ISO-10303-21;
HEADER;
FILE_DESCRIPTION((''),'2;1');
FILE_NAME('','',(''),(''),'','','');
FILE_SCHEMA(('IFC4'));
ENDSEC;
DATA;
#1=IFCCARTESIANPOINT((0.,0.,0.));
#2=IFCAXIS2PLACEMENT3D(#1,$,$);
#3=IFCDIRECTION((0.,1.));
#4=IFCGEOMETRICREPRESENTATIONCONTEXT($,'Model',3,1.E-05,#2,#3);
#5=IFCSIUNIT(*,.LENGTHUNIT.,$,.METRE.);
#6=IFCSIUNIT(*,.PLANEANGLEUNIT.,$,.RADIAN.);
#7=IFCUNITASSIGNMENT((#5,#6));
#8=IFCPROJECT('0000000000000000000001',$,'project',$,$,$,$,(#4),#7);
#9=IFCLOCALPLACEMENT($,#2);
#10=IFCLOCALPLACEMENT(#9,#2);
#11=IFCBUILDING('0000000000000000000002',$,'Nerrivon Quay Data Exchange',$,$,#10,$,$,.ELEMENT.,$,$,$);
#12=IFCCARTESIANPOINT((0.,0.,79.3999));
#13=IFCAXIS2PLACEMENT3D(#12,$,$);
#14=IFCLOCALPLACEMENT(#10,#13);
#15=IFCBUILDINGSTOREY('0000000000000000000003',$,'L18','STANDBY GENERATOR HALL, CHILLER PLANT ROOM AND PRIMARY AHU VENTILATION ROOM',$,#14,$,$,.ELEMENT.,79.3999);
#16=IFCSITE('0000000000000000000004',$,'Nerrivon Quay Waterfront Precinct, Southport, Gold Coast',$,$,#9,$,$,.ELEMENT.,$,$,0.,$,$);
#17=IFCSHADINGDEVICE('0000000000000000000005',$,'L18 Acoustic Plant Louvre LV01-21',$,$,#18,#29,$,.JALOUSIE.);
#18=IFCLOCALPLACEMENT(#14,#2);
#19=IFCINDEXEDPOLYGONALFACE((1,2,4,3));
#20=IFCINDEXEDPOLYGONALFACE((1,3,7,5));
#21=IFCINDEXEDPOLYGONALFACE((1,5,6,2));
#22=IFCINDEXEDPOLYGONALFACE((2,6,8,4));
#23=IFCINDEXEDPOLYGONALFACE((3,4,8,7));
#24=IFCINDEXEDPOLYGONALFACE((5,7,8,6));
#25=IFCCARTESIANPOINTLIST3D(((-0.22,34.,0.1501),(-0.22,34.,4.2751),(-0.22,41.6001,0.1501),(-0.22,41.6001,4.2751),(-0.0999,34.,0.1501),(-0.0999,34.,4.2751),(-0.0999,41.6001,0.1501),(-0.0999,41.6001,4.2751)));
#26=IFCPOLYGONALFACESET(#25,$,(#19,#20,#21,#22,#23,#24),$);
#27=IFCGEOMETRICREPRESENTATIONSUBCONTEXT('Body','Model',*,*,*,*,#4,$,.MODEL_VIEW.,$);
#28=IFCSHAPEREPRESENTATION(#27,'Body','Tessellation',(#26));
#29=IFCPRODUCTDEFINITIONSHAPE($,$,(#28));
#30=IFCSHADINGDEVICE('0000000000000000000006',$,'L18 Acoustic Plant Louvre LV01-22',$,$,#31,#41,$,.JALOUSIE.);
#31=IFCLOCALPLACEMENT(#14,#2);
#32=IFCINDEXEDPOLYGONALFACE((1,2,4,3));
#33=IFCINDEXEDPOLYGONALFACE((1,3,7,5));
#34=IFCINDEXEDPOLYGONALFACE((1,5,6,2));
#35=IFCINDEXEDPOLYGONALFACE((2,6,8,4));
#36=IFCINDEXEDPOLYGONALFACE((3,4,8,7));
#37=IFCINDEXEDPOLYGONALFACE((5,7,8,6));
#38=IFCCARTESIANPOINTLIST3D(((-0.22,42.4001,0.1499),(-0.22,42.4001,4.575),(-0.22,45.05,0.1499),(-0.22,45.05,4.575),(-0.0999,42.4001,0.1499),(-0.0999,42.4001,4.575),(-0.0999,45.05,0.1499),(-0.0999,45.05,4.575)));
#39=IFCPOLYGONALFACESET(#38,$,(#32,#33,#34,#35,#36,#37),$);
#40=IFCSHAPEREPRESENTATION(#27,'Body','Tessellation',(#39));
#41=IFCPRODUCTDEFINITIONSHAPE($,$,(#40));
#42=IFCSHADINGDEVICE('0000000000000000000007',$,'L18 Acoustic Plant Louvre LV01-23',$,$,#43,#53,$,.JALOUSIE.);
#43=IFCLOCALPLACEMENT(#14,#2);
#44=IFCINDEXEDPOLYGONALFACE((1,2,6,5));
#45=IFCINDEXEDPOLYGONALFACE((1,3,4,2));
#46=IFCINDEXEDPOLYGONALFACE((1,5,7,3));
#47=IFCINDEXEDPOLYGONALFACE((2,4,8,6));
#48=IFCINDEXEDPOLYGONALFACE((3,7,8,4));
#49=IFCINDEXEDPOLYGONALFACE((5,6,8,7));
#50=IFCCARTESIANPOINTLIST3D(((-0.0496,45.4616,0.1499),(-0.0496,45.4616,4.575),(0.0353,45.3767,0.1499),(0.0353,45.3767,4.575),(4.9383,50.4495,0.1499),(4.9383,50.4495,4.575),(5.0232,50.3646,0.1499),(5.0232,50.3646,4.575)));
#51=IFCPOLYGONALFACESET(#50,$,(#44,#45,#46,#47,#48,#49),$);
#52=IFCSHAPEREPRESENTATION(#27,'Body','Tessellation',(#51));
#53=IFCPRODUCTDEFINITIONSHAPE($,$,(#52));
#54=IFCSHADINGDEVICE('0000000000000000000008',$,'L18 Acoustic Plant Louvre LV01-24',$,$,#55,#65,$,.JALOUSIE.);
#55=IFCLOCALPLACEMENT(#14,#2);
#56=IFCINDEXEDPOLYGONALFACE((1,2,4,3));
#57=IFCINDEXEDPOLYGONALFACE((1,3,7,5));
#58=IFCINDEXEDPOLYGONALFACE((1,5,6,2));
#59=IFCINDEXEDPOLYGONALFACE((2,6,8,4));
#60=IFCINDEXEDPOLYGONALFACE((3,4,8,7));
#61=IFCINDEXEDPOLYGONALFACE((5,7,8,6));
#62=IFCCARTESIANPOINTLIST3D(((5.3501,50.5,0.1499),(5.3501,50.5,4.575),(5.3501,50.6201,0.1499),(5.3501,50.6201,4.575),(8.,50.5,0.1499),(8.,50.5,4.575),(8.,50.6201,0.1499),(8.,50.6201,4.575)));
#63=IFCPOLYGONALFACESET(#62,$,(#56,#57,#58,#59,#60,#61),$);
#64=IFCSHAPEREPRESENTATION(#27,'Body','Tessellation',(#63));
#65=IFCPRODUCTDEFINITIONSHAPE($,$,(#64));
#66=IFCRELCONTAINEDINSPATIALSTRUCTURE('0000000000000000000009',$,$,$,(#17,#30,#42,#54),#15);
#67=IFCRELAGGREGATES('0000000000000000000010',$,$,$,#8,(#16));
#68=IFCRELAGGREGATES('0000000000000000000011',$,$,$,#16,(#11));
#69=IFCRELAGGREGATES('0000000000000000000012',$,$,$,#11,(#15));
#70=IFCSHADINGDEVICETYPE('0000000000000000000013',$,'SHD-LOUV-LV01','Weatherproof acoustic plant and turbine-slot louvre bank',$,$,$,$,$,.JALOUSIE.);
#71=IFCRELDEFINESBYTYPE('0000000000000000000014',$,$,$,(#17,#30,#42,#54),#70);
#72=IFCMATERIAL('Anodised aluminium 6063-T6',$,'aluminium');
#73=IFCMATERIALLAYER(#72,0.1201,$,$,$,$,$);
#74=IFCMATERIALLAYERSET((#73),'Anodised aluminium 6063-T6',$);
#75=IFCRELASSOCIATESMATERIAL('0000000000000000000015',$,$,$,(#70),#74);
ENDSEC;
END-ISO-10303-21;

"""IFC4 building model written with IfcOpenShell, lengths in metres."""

from ifc_helpers import new_model, si_unit, direction, frame, origin, origin_2d, place, context, subcontext, project, spatial, rectangle, extrude, material, layer, layer_set, type_object, element, save


model = new_model("IFC4")

# Units and contexts
model_context = context("Model", 3, precision=1e-05, world=origin(), true_north=direction((0.0, 1.0)))
body_context = subcontext(model_context, "Body", "Model", "MODEL_VIEW")
ifc_project = project(units=[si_unit("LENGTHUNIT", "METRE"), si_unit("PLANEANGLEUNIT", "RADIAN")], contexts=[model_context])

# Site, building, storey
site_placement = place(None, origin())
site = spatial("IfcSite", under=ifc_project, at=site_placement, Name="Nerrivon Quay Waterfront Precinct, Southport, Gold Coast", CompositionType="ELEMENT", RefElevation=0.0)
building_placement = place(site_placement, origin())
building = spatial("IfcBuilding", under=site, at=building_placement, Name="Nerrivon Quay Data Exchange", CompositionType="ELEMENT")
storey_placement = place(building_placement, frame((0.0, 0.0, 79.3999)))
storey = spatial("IfcBuildingStorey", under=building, at=storey_placement, Name="L18", Description="STANDBY GENERATOR HALL, CHILLER PLANT ROOM AND PRIMARY AHU VENTILATION ROOM", CompositionType="ELEMENT", Elevation=79.3999)

# Shading devices
ifc_material_1 = material(Name="Anodised aluminium 6063-T6", Category="aluminium")
ifc_layer_1 = layer(ifc_material_1, 0.1201)
ifc_layer_set_1 = layer_set([ifc_layer_1], Name="Anodised aluminium 6063-T6")
shading_device_type = type_object("IfcShadingDeviceType", Name="SHD-LOUV-LV01", Description="Weatherproof acoustic plant and turbine-slot louvre bank", PredefinedType="JALOUSIE", material=ifc_layer_set_1)
shading_device_1_placement = place(storey_placement, frame((-0.1599, 37.8, 0.1501), z_axis=(0.0, 0.0, 1.0), x_axis=(0.0, 1.0, 0.0)))
element("IfcShadingDevice", 1, at=shading_device_1_placement, inside=storey, type_object=shading_device_type, Name="L18 Acoustic Plant Louvre LV01-21", PredefinedType="JALOUSIE", context=body_context, shape_type="SweptSolid", body=[
    extrude(rectangle(XDim=7.6001, YDim=0.1201, at=origin_2d()), origin(), (0.0, 0.0, 1.0), 4.125),
])
shading_device_2_placement = place(storey_placement, frame((-0.1599, 43.7251, 0.1499), z_axis=(0.0, 0.0, 1.0), x_axis=(0.0, 1.0, 0.0)))
element("IfcShadingDevice", 2, at=shading_device_2_placement, inside=storey, type_object=shading_device_type, Name="L18 Acoustic Plant Louvre LV01-22", PredefinedType="JALOUSIE", context=body_context, shape_type="SweptSolid", body=[
    extrude(rectangle(XDim=2.6499, YDim=0.1201, at=origin_2d()), origin(), (0.0, 0.0, 1.0), 4.425),
])
shading_device_3_placement = place(storey_placement, frame((2.4868, 47.9131, 0.1499), z_axis=(0.0, 0.0, 1.0), x_axis=(0.707107, 0.707107, 0.0)))
element("IfcShadingDevice", 3, at=shading_device_3_placement, inside=storey, type_object=shading_device_type, Name="L18 Acoustic Plant Louvre LV01-23", PredefinedType="JALOUSIE", context=body_context, shape_type="SweptSolid", body=[
    extrude(rectangle(XDim=7.054, YDim=0.1201, at=origin_2d()), origin(), (0.0, 0.0, 1.0), 4.425),
])
shading_device_4_placement = place(storey_placement, frame((6.675, 50.5601, 0.1499), z_axis=(0.0, 0.0, 1.0), x_axis=(1.0, 0.0, 0.0)))
element("IfcShadingDevice", 4, at=shading_device_4_placement, inside=storey, type_object=shading_device_type, Name="L18 Acoustic Plant Louvre LV01-24", PredefinedType="JALOUSIE", context=body_context, shape_type="SweptSolid", body=[
    extrude(rectangle(XDim=2.6499, YDim=0.1201, at=origin_2d()), origin(), (0.0, 0.0, 1.0), 4.425),
])

save(model, "model.ifc")
